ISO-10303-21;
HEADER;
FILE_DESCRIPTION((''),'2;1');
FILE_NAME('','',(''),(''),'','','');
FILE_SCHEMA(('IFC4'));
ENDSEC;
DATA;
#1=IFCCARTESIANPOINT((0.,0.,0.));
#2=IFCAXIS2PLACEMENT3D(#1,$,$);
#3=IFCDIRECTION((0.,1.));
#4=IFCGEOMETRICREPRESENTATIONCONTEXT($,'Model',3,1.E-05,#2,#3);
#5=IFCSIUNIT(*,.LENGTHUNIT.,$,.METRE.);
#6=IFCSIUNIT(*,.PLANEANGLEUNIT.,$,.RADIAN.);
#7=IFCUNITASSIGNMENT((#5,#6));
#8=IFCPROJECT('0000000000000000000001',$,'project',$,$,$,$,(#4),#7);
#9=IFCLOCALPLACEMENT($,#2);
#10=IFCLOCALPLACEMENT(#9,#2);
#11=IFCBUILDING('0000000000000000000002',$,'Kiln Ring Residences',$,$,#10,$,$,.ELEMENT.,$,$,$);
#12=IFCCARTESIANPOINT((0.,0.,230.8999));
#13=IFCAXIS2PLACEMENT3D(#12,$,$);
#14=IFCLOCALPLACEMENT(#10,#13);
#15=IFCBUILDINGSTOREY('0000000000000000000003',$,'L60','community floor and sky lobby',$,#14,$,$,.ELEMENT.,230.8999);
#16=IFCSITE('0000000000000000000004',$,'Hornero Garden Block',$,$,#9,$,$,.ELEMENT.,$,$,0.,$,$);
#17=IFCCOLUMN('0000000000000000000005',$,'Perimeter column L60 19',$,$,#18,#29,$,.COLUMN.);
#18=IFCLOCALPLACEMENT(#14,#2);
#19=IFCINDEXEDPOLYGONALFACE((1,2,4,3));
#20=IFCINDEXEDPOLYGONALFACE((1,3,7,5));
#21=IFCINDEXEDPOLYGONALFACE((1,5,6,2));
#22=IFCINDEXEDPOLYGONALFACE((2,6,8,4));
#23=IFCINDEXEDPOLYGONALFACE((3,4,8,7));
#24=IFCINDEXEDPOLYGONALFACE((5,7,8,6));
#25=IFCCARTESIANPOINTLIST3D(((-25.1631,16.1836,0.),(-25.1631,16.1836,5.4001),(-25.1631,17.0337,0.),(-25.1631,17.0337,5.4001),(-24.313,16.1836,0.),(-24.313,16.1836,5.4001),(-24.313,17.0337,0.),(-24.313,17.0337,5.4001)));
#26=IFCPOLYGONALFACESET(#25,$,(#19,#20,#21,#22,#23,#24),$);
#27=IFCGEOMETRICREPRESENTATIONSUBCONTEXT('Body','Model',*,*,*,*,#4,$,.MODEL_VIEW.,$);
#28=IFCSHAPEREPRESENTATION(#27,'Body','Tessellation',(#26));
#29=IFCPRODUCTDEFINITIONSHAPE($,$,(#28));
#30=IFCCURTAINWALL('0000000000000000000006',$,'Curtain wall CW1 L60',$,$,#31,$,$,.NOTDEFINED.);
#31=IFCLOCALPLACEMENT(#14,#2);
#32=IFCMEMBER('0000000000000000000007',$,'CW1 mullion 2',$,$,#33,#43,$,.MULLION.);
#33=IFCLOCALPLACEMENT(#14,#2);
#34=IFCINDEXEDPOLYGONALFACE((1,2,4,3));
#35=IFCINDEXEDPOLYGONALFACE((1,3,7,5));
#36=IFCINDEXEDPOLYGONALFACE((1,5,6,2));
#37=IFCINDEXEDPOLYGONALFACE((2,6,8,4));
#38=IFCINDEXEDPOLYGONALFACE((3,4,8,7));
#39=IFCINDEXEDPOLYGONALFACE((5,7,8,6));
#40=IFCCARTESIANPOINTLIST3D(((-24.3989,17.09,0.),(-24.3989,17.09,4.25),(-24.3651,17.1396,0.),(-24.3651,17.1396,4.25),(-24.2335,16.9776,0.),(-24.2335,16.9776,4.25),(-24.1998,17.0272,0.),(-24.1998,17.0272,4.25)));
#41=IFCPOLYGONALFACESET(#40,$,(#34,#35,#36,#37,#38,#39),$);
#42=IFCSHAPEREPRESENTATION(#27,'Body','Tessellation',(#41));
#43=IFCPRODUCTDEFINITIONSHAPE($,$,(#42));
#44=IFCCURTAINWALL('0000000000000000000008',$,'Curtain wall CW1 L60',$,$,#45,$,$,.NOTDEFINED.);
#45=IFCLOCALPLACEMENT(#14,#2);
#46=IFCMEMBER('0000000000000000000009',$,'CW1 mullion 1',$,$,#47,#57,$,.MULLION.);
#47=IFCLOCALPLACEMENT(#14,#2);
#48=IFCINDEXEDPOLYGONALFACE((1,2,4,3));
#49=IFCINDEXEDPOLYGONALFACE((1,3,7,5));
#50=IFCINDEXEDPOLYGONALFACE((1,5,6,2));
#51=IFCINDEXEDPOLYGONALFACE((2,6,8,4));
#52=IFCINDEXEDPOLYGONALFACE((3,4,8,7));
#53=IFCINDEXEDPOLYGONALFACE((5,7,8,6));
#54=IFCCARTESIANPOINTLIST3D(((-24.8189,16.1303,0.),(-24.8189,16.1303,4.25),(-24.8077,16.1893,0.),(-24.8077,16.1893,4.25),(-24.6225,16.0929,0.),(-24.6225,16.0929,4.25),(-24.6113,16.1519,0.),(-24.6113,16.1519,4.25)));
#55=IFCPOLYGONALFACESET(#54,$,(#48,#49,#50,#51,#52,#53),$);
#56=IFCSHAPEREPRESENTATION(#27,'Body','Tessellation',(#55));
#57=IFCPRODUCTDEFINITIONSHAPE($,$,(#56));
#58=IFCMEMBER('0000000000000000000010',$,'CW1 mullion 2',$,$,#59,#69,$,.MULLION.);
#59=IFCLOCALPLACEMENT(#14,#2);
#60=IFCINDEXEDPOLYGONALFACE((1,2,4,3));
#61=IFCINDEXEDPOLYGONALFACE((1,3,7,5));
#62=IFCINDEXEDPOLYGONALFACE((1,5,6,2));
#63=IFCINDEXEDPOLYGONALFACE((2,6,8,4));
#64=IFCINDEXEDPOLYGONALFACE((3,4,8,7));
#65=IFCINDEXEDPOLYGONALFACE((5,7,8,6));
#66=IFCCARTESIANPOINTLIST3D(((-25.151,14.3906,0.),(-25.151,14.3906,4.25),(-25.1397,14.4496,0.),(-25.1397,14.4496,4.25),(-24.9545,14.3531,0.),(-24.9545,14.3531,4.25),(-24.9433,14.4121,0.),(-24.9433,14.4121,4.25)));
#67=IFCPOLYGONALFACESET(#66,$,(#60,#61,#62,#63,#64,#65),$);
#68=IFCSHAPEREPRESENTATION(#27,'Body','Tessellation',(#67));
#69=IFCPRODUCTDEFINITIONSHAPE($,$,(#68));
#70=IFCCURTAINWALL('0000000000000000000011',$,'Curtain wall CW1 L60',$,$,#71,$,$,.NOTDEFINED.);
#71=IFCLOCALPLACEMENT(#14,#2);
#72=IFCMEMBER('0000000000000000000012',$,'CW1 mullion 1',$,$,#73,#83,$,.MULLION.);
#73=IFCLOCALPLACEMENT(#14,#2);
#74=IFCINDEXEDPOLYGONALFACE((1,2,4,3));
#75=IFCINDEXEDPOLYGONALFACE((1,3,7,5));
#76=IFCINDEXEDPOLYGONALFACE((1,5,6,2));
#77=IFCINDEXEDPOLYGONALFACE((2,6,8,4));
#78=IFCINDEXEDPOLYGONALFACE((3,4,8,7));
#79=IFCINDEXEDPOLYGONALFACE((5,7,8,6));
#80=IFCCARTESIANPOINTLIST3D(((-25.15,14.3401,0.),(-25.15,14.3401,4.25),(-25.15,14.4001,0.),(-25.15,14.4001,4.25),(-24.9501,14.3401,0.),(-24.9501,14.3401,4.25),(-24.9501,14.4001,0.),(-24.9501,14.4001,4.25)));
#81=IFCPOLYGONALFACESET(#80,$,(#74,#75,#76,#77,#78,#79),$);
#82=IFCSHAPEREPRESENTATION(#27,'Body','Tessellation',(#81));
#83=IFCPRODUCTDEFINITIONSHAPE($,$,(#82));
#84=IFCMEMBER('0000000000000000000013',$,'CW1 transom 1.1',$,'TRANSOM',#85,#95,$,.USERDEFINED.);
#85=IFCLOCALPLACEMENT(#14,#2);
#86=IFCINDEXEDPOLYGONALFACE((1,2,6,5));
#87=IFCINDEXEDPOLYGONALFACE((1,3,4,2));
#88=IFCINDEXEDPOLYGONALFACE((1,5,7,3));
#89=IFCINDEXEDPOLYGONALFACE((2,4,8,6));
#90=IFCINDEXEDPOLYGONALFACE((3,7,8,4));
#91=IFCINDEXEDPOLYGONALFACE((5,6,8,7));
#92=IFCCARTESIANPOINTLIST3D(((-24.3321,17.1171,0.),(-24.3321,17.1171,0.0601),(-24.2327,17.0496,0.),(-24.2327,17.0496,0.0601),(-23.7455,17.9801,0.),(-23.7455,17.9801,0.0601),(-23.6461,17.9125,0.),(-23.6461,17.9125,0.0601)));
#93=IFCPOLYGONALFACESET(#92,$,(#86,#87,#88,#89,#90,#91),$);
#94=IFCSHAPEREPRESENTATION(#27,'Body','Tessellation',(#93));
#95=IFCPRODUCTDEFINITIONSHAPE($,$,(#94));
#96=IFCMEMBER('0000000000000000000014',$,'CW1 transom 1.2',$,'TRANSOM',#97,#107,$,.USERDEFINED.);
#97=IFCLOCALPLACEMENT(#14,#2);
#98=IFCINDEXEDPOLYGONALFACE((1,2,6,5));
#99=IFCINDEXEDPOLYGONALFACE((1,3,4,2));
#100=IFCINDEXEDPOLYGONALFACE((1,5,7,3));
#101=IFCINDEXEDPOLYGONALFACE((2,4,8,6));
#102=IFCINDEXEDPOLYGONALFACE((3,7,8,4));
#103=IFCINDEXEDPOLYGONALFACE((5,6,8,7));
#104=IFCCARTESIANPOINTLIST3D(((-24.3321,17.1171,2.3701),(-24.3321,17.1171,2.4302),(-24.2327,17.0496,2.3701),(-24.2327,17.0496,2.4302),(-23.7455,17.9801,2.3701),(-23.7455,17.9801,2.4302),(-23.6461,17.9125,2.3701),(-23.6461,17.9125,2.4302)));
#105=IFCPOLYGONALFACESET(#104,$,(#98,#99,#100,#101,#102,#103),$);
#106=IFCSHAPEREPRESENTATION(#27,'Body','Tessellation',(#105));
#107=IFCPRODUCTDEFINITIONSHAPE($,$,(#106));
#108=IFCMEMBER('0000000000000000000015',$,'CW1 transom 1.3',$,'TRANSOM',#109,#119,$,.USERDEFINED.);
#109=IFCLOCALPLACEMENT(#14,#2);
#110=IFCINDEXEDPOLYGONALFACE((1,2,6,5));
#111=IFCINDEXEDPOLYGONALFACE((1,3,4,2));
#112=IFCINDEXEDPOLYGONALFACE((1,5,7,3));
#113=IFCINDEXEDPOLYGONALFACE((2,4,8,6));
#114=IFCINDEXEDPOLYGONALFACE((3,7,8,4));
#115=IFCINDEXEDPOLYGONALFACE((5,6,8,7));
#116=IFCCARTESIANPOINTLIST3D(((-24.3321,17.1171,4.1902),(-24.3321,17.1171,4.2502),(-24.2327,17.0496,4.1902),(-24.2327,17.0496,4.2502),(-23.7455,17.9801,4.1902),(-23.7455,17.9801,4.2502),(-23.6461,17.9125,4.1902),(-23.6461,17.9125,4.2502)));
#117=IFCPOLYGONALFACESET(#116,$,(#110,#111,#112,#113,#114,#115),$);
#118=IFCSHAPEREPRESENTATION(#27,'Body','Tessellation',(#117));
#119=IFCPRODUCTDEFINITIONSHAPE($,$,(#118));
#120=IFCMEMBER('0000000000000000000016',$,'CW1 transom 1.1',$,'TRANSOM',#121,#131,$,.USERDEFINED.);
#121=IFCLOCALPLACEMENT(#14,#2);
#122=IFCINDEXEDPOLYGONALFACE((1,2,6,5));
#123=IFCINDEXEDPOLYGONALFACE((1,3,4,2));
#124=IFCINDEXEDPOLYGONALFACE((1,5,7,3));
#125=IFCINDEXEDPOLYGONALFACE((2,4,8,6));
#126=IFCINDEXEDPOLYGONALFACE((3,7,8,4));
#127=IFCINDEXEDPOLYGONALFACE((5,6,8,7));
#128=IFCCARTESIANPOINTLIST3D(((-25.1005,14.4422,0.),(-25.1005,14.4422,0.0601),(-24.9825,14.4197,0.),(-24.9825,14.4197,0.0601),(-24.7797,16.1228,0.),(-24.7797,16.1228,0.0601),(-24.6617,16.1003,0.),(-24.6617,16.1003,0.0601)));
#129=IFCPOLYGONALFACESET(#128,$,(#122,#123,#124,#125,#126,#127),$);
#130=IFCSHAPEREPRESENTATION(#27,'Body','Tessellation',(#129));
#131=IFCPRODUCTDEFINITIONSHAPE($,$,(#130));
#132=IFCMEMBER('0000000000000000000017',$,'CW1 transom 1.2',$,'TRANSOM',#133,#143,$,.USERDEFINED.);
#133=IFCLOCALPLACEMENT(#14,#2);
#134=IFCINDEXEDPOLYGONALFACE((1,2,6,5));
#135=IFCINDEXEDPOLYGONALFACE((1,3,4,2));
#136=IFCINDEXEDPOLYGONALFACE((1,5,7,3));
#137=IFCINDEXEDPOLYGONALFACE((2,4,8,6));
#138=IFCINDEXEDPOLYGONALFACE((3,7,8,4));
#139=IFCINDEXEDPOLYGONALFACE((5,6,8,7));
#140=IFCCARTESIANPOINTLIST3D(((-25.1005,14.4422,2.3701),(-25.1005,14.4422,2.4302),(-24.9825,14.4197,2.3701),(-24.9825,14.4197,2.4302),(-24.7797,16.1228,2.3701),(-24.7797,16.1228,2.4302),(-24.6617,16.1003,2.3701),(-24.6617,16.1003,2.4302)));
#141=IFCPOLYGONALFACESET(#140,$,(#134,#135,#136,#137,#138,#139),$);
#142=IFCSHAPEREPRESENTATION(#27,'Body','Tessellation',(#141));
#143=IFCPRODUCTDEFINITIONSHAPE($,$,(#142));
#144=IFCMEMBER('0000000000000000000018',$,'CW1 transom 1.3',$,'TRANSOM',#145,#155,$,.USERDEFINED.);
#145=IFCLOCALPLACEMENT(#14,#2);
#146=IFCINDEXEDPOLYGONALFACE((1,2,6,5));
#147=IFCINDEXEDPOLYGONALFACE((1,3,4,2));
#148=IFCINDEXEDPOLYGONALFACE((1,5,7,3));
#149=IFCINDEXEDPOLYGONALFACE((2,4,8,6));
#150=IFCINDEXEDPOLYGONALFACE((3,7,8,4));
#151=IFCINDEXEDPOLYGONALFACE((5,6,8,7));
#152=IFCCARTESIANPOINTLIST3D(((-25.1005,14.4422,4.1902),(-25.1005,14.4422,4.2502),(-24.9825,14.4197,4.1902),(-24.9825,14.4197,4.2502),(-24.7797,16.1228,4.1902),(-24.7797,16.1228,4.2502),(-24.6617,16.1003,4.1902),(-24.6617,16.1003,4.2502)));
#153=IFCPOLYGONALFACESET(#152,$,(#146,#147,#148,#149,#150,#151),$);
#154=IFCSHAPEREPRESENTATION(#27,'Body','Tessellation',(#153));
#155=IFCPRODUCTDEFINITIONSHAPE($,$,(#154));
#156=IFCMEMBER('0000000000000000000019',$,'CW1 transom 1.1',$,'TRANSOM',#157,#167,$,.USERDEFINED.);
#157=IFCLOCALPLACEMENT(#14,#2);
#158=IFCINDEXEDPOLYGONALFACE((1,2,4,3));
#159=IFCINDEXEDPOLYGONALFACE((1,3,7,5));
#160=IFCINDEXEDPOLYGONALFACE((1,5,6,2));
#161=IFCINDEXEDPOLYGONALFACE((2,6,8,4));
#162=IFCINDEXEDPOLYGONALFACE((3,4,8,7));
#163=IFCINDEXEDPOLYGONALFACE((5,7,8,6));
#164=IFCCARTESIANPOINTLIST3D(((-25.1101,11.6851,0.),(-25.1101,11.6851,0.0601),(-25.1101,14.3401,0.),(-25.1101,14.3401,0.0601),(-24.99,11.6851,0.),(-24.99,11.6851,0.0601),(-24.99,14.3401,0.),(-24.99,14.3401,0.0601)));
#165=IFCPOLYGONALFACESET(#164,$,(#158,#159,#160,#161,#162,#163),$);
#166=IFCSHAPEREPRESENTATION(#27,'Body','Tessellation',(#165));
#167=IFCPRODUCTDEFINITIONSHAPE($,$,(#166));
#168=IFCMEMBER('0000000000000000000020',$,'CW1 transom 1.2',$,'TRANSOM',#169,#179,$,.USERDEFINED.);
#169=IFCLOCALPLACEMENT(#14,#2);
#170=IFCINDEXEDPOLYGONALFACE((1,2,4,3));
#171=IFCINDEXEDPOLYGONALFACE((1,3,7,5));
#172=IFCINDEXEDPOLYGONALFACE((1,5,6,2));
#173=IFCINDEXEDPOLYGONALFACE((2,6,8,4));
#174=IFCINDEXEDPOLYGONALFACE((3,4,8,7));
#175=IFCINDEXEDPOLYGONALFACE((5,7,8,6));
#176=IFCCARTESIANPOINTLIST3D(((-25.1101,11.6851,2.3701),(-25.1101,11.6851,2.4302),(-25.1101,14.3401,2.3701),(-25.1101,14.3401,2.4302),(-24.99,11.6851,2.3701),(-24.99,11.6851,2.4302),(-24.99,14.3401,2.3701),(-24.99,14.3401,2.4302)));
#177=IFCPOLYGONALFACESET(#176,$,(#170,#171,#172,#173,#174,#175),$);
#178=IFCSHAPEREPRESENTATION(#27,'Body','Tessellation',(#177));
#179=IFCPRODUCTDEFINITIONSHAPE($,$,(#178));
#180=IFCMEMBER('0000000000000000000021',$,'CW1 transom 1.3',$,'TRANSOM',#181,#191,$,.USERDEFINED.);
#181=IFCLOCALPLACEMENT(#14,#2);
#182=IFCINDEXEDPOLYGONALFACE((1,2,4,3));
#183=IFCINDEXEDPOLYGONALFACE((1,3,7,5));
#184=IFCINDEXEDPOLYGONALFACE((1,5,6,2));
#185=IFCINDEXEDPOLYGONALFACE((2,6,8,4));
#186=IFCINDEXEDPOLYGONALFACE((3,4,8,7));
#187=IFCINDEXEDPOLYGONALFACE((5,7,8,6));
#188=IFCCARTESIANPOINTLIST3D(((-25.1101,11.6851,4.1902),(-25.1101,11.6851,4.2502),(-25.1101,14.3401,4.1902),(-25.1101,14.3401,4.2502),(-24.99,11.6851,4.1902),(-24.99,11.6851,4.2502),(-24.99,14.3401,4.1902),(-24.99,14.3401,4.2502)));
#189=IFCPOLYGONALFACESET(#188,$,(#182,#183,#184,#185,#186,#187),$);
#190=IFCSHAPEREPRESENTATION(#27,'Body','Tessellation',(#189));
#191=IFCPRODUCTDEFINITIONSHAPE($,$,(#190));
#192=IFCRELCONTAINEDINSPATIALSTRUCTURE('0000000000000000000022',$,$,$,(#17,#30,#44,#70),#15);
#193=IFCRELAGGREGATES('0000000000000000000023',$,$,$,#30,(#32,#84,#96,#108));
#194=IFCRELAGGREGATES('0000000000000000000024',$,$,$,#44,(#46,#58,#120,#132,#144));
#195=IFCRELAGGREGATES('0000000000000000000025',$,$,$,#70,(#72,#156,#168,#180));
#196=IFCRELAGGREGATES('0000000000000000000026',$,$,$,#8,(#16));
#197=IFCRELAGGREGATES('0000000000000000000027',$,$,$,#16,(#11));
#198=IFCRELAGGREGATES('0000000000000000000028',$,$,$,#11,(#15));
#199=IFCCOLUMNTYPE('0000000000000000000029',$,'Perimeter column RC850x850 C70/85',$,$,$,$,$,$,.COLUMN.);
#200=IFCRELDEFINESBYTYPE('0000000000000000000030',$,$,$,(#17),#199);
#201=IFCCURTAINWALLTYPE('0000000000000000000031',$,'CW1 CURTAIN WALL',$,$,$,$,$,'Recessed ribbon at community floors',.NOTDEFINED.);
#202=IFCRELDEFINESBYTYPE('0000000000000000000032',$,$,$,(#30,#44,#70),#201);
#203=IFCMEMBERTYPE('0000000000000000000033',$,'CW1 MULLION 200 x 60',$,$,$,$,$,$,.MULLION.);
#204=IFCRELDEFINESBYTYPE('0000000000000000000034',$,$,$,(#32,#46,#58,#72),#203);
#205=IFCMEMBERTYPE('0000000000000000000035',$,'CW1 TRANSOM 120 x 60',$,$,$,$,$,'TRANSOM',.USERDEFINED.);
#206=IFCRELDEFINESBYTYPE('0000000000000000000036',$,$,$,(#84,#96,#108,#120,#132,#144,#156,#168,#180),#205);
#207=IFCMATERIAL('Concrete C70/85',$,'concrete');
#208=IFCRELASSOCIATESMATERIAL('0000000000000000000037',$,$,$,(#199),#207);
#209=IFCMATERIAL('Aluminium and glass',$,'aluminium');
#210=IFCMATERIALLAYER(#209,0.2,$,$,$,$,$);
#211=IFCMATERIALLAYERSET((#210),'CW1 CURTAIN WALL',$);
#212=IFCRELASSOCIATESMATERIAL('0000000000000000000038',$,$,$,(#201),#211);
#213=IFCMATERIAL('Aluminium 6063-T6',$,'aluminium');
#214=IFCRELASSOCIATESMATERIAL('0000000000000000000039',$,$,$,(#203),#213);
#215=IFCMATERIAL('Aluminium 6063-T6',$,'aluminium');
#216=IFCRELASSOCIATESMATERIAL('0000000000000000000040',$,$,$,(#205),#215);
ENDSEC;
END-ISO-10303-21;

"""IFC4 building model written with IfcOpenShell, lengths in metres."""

from ifc_helpers import new_model, si_unit, direction, frame, origin, origin_2d, place, context, subcontext, project, spatial, rectangle, extrude, material, layer, layer_set, material_profile, profile_set, type_object, element, aggregate, save


model = new_model("IFC4")

# Units and contexts
model_context = context("Model", 3, precision=1e-05, world=origin(), true_north=direction((0.0, 1.0)))
body_context = subcontext(model_context, "Body", "Model", "MODEL_VIEW")
ifc_project = project(units=[si_unit("LENGTHUNIT", "METRE"), si_unit("PLANEANGLEUNIT", "RADIAN")], contexts=[model_context])

# Site, building, storey
site_placement = place(None, origin())
site = spatial("IfcSite", under=ifc_project, at=site_placement, Name="Hornero Garden Block", CompositionType="ELEMENT", RefElevation=0.0)
building_placement = place(site_placement, origin())
building = spatial("IfcBuilding", under=site, at=building_placement, Name="Kiln Ring Residences", CompositionType="ELEMENT")
storey_placement = place(building_placement, frame((0.0, 0.0, 230.8999)))
storey = spatial("IfcBuildingStorey", under=building, at=storey_placement, Name="L60", Description="community floor and sky lobby", CompositionType="ELEMENT", Elevation=230.8999)

# Column
ifc_material_1 = material(Name="Concrete C70/85", Category="concrete")
ifc_material_profile_1 = material_profile(ifc_material_1, rectangle(XDim=0.8501, YDim=0.8501, at=origin_2d()), Name="RC850x850")
ifc_profile_set_1 = profile_set([ifc_material_profile_1], Name="Concrete C70/85")
column_type = type_object("IfcColumnType", Name="Perimeter column RC850x850 C70/85", PredefinedType="COLUMN", material=ifc_profile_set_1)
column_placement = place(storey_placement, frame((-24.738, 16.6086, 0.0), z_axis=(0.0, 0.0, 1.0), x_axis=(1.0, 0.0, 0.0)))
element("IfcColumn", 1, at=column_placement, inside=storey, type_object=column_type, Name="Perimeter column L60 19", PredefinedType="COLUMN", context=body_context, shape_type="SweptSolid", body=[
    extrude(rectangle(XDim=0.8501, YDim=0.8501, at=origin_2d()), origin(), (0.0, 0.0, 1.0), 5.4001),
])

# Curtain wall, member
ifc_material_2 = material(Name="Aluminium and glass", Category="aluminium")
ifc_layer_1 = layer(ifc_material_2, 0.2)
ifc_layer_set_1 = layer_set([ifc_layer_1], Name="CW1 CURTAIN WALL")
curtain_wall_type = type_object("IfcCurtainWallType", Name="CW1 CURTAIN WALL", ElementType="Recessed ribbon at community floors", PredefinedType="NOTDEFINED", material=ifc_layer_set_1)
placement = place(storey_placement, origin())
curtain_wall_1 = element("IfcCurtainWall", 2, at=placement, inside=storey, type_object=curtain_wall_type, Name="Curtain wall CW1 L60", PredefinedType="NOTDEFINED")
ifc_material_3 = material(Name="Aluminium 6063-T6", Category="aluminium")
ifc_material_profile_2 = material_profile(ifc_material_3, rectangle(XDim=0.2, YDim=0.0601, at=origin_2d()), Name="AL 200x60")
ifc_profile_set_2 = profile_set([ifc_material_profile_2], Name="Aluminium 6063-T6")
member_type_1 = type_object("IfcMemberType", Name="CW1 MULLION 200 x 60", PredefinedType="MULLION", material=ifc_profile_set_2)
member_1_placement = place(storey_placement, frame((-24.2993, 17.0586, 0.0), z_axis=(0.0, 0.0, 1.0), x_axis=(0.827072, -0.562097, 0.0)))
member_1 = element("IfcMember", 3, at=member_1_placement, type_object=member_type_1, Name="CW1 mullion 2", PredefinedType="MULLION", context=body_context, shape_type="SweptSolid", body=[
    extrude(rectangle(XDim=0.2, YDim=0.0601, at=origin_2d()), origin(), (0.0, 0.0, 1.0), 4.25),
])

# Curtain wall, members
curtain_wall_2 = element("IfcCurtainWall", 4, at=placement, inside=storey, type_object=curtain_wall_type, Name="Curtain wall CW1 L60", PredefinedType="NOTDEFINED")
member_2_placement = place(storey_placement, frame((-24.7151, 16.1411, 0.0), z_axis=(0.0, 0.0, 1.0), x_axis=(0.98229, -0.187366, 0.0)))
member_2 = element("IfcMember", 5, at=member_2_placement, type_object=member_type_1, Name="CW1 mullion 1", PredefinedType="MULLION", context=body_context, shape_type="SweptSolid", body=[
    extrude(rectangle(XDim=0.2, YDim=0.0601, at=origin_2d()), origin(), (0.0, 0.0, 1.0), 4.25),
])
member_3_placement = place(storey_placement, frame((-25.0471, 14.4014, 0.0), z_axis=(0.0, 0.0, 1.0), x_axis=(0.98229, -0.187366, 0.0)))
member_3 = element("IfcMember", 6, at=member_3_placement, type_object=member_type_1, Name="CW1 mullion 2", PredefinedType="MULLION", context=body_context, shape_type="SweptSolid", body=[
    extrude(rectangle(XDim=0.2, YDim=0.0601, at=origin_2d()), origin(), (0.0, 0.0, 1.0), 4.25),
])

# Curtain wall, member
curtain_wall_3 = element("IfcCurtainWall", 7, at=placement, inside=storey, type_object=curtain_wall_type, Name="Curtain wall CW1 L60", PredefinedType="NOTDEFINED")
member_4_placement = place(storey_placement, frame((-25.05, 14.3701, 0.0), z_axis=(0.0, 0.0, 1.0), x_axis=(1.0, 0.0, 0.0)))
member_4 = element("IfcMember", 8, at=member_4_placement, type_object=member_type_1, Name="CW1 mullion 1", PredefinedType="MULLION", context=body_context, shape_type="SweptSolid", body=[
    extrude(rectangle(XDim=0.2, YDim=0.0601, at=origin_2d()), origin(), (0.0, 0.0, 1.0), 4.25),
])

# Members
ifc_material_4 = material(Name="Aluminium 6063-T6", Category="aluminium")
ifc_material_profile_3 = material_profile(ifc_material_4, rectangle(XDim=0.1201, YDim=0.0601, at=origin_2d()), Name="AL 120x60")
ifc_profile_set_3 = profile_set([ifc_material_profile_3], Name="Aluminium 6063-T6")
member_type_2 = type_object("IfcMemberType", Name="CW1 TRANSOM 120 x 60", ElementType="TRANSOM", PredefinedType="USERDEFINED", material=ifc_profile_set_3)
member_5_placement = place(storey_placement, frame((-23.6958, 17.9463, 0.03), z_axis=(-0.562182, -0.827014, 0.0), x_axis=(0.827014, -0.562182, 0.0)))
member_5 = element("IfcMember", 9, at=member_5_placement, type_object=member_type_2, Name="CW1 transom 1.1", ObjectType="TRANSOM", PredefinedType="USERDEFINED", context=body_context, shape_type="SweptSolid", body=[
    extrude(rectangle(XDim=0.1201, YDim=0.0601, at=origin_2d()), origin(), (0.0, 0.0, 1.0), 1.0435),
])
member_6_placement = place(storey_placement, frame((-23.6958, 17.9463, 2.4001), z_axis=(-0.562182, -0.827014, 0.0), x_axis=(0.827014, -0.562182, 0.0)))
member_6 = element("IfcMember", 10, at=member_6_placement, type_object=member_type_2, Name="CW1 transom 1.2", ObjectType="TRANSOM", PredefinedType="USERDEFINED", context=body_context, shape_type="SweptSolid", body=[
    extrude(rectangle(XDim=0.1201, YDim=0.0601, at=origin_2d()), origin(), (0.0, 0.0, 1.0), 1.0435),
])
member_7_placement = place(storey_placement, frame((-23.6958, 17.9463, 4.2202), z_axis=(-0.562182, -0.827014, 0.0), x_axis=(0.827014, -0.562182, 0.0)))
member_7 = element("IfcMember", 11, at=member_7_placement, type_object=member_type_2, Name="CW1 transom 1.3", ObjectType="TRANSOM", PredefinedType="USERDEFINED", context=body_context, shape_type="SweptSolid", body=[
    extrude(rectangle(XDim=0.1201, YDim=0.0601, at=origin_2d()), origin(), (0.0, 0.0, 1.0), 1.0435),
])
member_8_placement = place(storey_placement, frame((-24.7207, 16.1116, 0.03), z_axis=(-0.187492, -0.982266, 0.0), x_axis=(0.982266, -0.187492, 0.0)))
member_8 = element("IfcMember", 12, at=member_8_placement, type_object=member_type_2, Name="CW1 transom 1.1", ObjectType="TRANSOM", PredefinedType="USERDEFINED", context=body_context, shape_type="SweptSolid", body=[
    extrude(rectangle(XDim=0.1201, YDim=0.0601, at=origin_2d()), origin(), (0.0, 0.0, 1.0), 1.7109),
])
member_9_placement = place(storey_placement, frame((-24.7207, 16.1116, 2.4001), z_axis=(-0.187492, -0.982266, 0.0), x_axis=(0.982266, -0.187492, 0.0)))
member_9 = element("IfcMember", 13, at=member_9_placement, type_object=member_type_2, Name="CW1 transom 1.2", ObjectType="TRANSOM", PredefinedType="USERDEFINED", context=body_context, shape_type="SweptSolid", body=[
    extrude(rectangle(XDim=0.1201, YDim=0.0601, at=origin_2d()), origin(), (0.0, 0.0, 1.0), 1.7109),
])
member_10_placement = place(storey_placement, frame((-24.7207, 16.1116, 4.2202), z_axis=(-0.187492, -0.982266, 0.0), x_axis=(0.982266, -0.187492, 0.0)))
member_10 = element("IfcMember", 14, at=member_10_placement, type_object=member_type_2, Name="CW1 transom 1.3", ObjectType="TRANSOM", PredefinedType="USERDEFINED", context=body_context, shape_type="SweptSolid", body=[
    extrude(rectangle(XDim=0.1201, YDim=0.0601, at=origin_2d()), origin(), (0.0, 0.0, 1.0), 1.7109),
])
member_11_placement = place(storey_placement, frame((-25.05, 14.3401, 0.03), z_axis=(0.0, -1.0, 0.0), x_axis=(1.0, 0.0, 0.0)))
member_11 = element("IfcMember", 15, at=member_11_placement, type_object=member_type_2, Name="CW1 transom 1.1", ObjectType="TRANSOM", PredefinedType="USERDEFINED", context=body_context, shape_type="SweptSolid", body=[
    extrude(rectangle(XDim=0.1201, YDim=0.0601, at=origin_2d()), origin(), (0.0, 0.0, 1.0), 2.655),
])
member_12_placement = place(storey_placement, frame((-25.05, 14.3401, 2.4001), z_axis=(0.0, -1.0, 0.0), x_axis=(1.0, 0.0, 0.0)))
member_12 = element("IfcMember", 16, at=member_12_placement, type_object=member_type_2, Name="CW1 transom 1.2", ObjectType="TRANSOM", PredefinedType="USERDEFINED", context=body_context, shape_type="SweptSolid", body=[
    extrude(rectangle(XDim=0.1201, YDim=0.0601, at=origin_2d()), origin(), (0.0, 0.0, 1.0), 2.655),
])
member_13_placement = place(storey_placement, frame((-25.05, 14.3401, 4.2202), z_axis=(0.0, -1.0, 0.0), x_axis=(1.0, 0.0, 0.0)))
member_13 = element("IfcMember", 17, at=member_13_placement, type_object=member_type_2, Name="CW1 transom 1.3", ObjectType="TRANSOM", PredefinedType="USERDEFINED", context=body_context, shape_type="SweptSolid", body=[
    extrude(rectangle(XDim=0.1201, YDim=0.0601, at=origin_2d()), origin(), (0.0, 0.0, 1.0), 2.655),
])

aggregate(curtain_wall_1, [member_1, member_5, member_6, member_7])
aggregate(curtain_wall_2, [member_2, member_3, member_8, member_9, member_10])
aggregate(curtain_wall_3, [member_4, member_11, member_12, member_13])

save(model, "model.ifc")
